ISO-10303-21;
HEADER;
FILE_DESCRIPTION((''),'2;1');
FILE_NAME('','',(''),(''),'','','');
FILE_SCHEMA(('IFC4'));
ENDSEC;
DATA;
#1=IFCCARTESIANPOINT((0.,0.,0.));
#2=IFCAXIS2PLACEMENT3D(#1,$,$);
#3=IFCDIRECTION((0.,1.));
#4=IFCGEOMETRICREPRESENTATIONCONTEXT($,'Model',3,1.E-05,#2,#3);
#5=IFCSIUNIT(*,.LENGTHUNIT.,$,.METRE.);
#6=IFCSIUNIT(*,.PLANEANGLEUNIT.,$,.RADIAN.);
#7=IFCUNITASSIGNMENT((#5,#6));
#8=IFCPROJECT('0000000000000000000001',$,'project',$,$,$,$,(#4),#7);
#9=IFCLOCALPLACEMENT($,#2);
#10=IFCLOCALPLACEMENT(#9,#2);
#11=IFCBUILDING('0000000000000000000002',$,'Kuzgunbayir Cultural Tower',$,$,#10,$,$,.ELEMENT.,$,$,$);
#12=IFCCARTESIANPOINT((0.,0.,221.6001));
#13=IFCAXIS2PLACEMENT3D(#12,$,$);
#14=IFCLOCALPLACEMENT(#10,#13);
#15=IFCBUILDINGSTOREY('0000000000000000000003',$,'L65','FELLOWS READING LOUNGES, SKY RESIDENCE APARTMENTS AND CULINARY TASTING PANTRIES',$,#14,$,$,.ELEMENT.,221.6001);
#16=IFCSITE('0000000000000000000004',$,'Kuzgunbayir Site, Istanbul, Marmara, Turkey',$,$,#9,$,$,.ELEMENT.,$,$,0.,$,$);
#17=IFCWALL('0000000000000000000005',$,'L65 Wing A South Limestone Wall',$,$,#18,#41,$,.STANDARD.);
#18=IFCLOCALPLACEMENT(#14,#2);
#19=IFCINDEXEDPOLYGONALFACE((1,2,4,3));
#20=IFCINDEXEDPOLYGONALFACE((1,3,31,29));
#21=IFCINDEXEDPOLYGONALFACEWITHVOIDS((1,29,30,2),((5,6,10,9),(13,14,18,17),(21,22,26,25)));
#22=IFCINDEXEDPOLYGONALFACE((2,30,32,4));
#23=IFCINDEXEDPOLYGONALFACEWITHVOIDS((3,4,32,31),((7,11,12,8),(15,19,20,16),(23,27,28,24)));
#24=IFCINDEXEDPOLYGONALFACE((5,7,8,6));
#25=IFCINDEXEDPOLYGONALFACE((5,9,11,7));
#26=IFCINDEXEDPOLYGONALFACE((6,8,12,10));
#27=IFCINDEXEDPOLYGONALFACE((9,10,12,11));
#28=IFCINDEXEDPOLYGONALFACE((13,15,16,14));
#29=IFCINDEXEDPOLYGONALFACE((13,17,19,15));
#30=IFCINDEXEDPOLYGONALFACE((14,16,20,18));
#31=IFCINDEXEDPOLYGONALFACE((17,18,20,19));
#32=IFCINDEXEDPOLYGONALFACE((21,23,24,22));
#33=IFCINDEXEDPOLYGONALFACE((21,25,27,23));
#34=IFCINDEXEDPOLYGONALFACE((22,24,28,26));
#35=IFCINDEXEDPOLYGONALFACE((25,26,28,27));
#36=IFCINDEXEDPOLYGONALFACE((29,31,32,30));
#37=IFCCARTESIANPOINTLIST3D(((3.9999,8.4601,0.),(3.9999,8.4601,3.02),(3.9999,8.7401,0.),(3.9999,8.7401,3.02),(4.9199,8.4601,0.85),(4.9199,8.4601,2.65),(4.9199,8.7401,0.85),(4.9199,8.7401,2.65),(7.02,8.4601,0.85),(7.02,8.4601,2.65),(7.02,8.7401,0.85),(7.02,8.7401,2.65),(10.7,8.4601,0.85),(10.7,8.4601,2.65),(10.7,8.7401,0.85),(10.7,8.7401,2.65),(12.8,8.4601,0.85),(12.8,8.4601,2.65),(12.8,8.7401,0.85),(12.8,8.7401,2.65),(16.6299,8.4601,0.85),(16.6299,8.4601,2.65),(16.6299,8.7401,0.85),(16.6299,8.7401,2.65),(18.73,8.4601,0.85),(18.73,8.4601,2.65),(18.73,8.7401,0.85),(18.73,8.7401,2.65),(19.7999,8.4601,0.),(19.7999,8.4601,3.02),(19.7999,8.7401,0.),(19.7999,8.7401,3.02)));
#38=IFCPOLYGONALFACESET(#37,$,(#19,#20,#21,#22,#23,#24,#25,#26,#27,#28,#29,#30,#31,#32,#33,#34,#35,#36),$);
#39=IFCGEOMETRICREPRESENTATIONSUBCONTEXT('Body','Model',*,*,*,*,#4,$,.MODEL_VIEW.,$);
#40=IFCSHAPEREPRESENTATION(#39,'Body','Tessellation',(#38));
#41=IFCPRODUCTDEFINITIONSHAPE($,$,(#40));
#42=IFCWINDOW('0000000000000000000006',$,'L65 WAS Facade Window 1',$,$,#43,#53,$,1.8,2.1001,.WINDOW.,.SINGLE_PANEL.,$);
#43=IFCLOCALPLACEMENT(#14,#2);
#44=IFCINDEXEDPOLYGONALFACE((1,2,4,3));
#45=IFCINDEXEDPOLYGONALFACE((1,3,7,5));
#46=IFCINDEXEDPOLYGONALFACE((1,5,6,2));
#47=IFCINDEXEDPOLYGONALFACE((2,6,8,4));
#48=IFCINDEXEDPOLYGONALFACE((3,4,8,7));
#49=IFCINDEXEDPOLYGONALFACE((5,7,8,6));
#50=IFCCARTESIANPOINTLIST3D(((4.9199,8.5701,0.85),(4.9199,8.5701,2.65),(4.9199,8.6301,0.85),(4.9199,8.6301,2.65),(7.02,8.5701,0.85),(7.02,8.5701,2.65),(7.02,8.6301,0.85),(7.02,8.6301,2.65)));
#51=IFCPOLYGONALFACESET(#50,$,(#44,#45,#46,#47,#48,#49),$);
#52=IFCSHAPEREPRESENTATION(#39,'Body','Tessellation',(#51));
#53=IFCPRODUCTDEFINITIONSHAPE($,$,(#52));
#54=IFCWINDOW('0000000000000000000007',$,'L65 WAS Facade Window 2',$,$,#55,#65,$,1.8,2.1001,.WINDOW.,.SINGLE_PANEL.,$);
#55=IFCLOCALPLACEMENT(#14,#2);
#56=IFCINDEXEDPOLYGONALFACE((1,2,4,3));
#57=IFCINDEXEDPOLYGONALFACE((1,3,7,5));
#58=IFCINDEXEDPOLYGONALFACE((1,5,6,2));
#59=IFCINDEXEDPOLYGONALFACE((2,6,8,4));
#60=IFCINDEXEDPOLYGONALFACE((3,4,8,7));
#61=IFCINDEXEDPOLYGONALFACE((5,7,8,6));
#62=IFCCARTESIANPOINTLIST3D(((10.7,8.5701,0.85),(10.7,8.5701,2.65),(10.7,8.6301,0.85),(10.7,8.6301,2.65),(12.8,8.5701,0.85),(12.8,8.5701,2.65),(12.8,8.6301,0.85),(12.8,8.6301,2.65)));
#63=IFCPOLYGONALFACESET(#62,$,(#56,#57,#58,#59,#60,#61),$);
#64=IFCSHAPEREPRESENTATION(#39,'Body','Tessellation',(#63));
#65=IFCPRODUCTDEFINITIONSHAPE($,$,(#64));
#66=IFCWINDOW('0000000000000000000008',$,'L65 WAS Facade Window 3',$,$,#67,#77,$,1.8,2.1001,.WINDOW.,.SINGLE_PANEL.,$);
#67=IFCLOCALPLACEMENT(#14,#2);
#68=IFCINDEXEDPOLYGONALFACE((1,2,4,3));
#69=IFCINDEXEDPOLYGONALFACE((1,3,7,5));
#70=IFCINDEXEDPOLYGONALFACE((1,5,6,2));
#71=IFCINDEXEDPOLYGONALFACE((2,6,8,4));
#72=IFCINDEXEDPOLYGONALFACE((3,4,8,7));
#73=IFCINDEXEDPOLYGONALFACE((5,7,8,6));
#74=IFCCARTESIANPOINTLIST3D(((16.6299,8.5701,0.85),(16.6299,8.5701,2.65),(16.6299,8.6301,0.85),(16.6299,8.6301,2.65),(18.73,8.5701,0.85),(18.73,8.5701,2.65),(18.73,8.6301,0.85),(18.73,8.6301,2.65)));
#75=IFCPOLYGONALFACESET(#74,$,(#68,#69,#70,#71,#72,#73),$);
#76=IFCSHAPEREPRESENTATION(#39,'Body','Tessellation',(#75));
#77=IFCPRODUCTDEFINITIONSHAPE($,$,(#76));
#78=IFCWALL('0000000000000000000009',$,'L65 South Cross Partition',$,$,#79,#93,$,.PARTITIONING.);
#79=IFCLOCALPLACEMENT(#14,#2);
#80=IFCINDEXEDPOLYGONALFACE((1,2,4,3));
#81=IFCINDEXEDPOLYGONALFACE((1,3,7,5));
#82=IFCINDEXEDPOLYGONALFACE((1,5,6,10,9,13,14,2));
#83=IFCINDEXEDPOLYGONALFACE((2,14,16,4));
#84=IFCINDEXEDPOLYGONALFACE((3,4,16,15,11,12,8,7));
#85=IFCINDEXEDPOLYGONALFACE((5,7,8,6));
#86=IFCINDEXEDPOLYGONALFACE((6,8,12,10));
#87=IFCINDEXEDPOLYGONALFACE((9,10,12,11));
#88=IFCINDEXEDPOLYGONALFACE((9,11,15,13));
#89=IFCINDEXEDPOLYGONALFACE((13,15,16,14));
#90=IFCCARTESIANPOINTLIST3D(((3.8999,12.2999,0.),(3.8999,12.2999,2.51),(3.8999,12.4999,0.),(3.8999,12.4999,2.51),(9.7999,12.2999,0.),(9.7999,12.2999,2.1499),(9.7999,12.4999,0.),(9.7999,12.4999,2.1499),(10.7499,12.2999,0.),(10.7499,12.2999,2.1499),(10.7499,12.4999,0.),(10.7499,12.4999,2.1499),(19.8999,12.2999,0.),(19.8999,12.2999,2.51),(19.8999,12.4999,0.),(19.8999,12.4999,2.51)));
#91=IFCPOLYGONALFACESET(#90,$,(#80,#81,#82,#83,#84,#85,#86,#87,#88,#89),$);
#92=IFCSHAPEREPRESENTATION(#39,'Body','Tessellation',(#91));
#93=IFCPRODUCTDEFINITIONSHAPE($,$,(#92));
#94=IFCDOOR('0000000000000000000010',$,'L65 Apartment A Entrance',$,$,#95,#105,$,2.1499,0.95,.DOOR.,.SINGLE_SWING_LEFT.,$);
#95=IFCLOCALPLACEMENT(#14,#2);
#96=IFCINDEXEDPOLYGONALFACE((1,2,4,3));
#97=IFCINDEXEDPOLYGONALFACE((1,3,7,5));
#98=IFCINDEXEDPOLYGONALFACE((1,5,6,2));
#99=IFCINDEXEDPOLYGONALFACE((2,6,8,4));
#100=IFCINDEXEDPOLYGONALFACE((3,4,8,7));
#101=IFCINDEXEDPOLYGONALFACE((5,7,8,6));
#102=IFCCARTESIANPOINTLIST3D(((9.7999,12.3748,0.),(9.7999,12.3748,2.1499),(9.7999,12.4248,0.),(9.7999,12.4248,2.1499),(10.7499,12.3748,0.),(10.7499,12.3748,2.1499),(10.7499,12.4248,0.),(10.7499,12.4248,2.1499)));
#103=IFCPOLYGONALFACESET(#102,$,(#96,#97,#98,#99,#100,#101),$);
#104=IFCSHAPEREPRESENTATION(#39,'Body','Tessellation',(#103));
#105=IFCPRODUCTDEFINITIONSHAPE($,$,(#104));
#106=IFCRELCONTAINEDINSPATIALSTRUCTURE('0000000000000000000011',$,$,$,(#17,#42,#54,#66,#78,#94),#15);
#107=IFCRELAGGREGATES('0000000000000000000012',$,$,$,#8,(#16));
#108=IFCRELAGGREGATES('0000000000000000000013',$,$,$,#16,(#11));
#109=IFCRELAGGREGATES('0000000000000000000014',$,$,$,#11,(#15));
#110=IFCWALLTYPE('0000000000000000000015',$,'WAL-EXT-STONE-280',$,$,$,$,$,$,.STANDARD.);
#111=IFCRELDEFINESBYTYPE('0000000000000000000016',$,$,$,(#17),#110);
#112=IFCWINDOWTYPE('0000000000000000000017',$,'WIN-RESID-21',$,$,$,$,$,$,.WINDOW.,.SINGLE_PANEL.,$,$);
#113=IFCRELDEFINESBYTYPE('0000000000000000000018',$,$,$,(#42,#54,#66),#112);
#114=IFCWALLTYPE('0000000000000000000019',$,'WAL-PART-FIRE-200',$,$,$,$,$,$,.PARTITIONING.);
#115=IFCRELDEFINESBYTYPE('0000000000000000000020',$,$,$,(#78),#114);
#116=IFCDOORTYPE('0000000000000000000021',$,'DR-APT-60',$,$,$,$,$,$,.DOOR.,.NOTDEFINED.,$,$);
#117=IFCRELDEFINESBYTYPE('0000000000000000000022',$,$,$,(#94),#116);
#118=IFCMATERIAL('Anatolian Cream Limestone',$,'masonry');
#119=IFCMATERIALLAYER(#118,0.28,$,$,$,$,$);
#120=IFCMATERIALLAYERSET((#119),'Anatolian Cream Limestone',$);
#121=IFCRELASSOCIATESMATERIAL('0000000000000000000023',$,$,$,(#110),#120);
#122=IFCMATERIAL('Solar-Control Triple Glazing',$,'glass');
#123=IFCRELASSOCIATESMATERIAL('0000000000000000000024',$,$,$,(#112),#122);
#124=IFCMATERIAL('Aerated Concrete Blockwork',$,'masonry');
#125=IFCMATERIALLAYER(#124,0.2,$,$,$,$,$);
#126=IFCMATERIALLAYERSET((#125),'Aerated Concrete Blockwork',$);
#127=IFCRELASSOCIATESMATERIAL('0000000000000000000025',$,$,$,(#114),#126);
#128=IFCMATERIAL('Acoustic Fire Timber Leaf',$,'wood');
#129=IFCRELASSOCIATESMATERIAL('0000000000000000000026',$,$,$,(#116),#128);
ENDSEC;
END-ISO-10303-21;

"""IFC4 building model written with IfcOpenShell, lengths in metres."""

from ifc_helpers import new_model, si_unit, direction, frame, frame_2d, origin, place, context, subcontext, project, spatial, rectangle, extrude, material, layer, layer_set, type_object, element, fill, save


model = new_model("IFC4")

# Units and contexts
model_context = context("Model", 3, precision=1e-05, world=origin(), true_north=direction((0.0, 1.0)))
body_context = subcontext(model_context, "Body", "Model", "MODEL_VIEW")
ifc_project = project(units=[si_unit("LENGTHUNIT", "METRE"), si_unit("PLANEANGLEUNIT", "RADIAN")], contexts=[model_context])

# Site, building, storey
site_placement = place(None, origin())
site = spatial("IfcSite", under=ifc_project, at=site_placement, Name="Kuzgunbayir Site, Istanbul, Marmara, Turkey", CompositionType="ELEMENT", RefElevation=0.0)
building_placement = place(site_placement, origin())
building = spatial("IfcBuilding", under=site, at=building_placement, Name="Kuzgunbayir Cultural Tower", CompositionType="ELEMENT")
storey_placement = place(building_placement, frame((0.0, 0.0, 221.6001)))
storey = spatial("IfcBuildingStorey", under=building, at=storey_placement, Name="L65", Description="FELLOWS READING LOUNGES, SKY RESIDENCE APARTMENTS AND CULINARY TASTING PANTRIES", CompositionType="ELEMENT", Elevation=221.6001)

# Wall, openings, windows
ifc_material_1 = material(Name="Anatolian Cream Limestone", Category="masonry")
ifc_layer_1 = layer(ifc_material_1, 0.28)
ifc_layer_set_1 = layer_set([ifc_layer_1], Name="Anatolian Cream Limestone")
wall_type_1 = type_object("IfcWallType", Name="WAL-EXT-STONE-280", PredefinedType="STANDARD", material=ifc_layer_set_1)
wall_1_placement = place(storey_placement, frame((4.0, 8.6001, 0.0), z_axis=(0.0, 0.0, 1.0), x_axis=(1.0, 0.0, 0.0)))
wall_1 = element("IfcWall", 1, at=wall_1_placement, inside=storey, type_object=wall_type_1, Name="L65 Wing A South Limestone Wall", PredefinedType="STANDARD", context=body_context, shape_type="SweptSolid", body=[
    extrude(rectangle(XDim=15.8, YDim=0.28, at=frame_2d((7.8999, 0.0))), origin(), (0.0, 0.0, 1.0), 3.02),
])
opening_1_placement = place(wall_1_placement, frame((0.9199, 0.0, 0.8501)))
opening_1 = element("IfcOpeningElement", 2, at=opening_1_placement, cuts=wall_1, PredefinedType="OPENING", context=body_context, shape_type="SweptSolid", body=[
    extrude(rectangle(XDim=2.1001, YDim=1.8, at=frame_2d((1.05, 0.8999))), frame((0.0, 0.1499, 0.0), z_axis=(0.0, -1.0, 0.0), x_axis=(1.0, 0.0, 0.0)), (0.0, 0.0, 1.0), 0.3),
])
opening_2_placement = place(wall_1_placement, frame((6.7, 0.0, 0.8501)))
opening_2 = element("IfcOpeningElement", 3, at=opening_2_placement, cuts=wall_1, PredefinedType="OPENING", context=body_context, shape_type="SweptSolid", body=[
    extrude(rectangle(XDim=2.1001, YDim=1.8, at=frame_2d((1.05, 0.8999))), frame((0.0, 0.1499, 0.0), z_axis=(0.0, -1.0, 0.0), x_axis=(1.0, 0.0, 0.0)), (0.0, 0.0, 1.0), 0.3),
])
opening_3_placement = place(wall_1_placement, frame((12.6299, 0.0, 0.8501)))
opening_3 = element("IfcOpeningElement", 4, at=opening_3_placement, cuts=wall_1, PredefinedType="OPENING", context=body_context, shape_type="SweptSolid", body=[
    extrude(rectangle(XDim=2.1001, YDim=1.8, at=frame_2d((1.05, 0.8999))), frame((0.0, 0.1499, 0.0), z_axis=(0.0, -1.0, 0.0), x_axis=(1.0, 0.0, 0.0)), (0.0, 0.0, 1.0), 0.3),
])
ifc_material_2 = material(Name="Solar-Control Triple Glazing", Category="glass")
window_type = type_object("IfcWindowType", Name="WIN-RESID-21", PartitioningType="SINGLE_PANEL", PredefinedType="WINDOW", material=ifc_material_2)
window_1_placement = place(opening_1_placement, origin())
window_1 = element("IfcWindow", 5, at=window_1_placement, inside=storey, type_object=window_type, Name="L65 WAS Facade Window 1", OverallHeight=1.8, OverallWidth=2.1001, PartitioningType="SINGLE_PANEL", PredefinedType="WINDOW", context=body_context, shape_type="SweptSolid", body=[
    extrude(rectangle(XDim=2.1001, YDim=1.8, at=frame_2d((1.05, 0.8999))), frame((0.0, 0.03, 0.0), z_axis=(0.0, -1.0, 0.0), x_axis=(1.0, 0.0, 0.0)), (0.0, 0.0, 1.0), 0.0601),
])
fill(opening_1, window_1)
window_2_placement = place(opening_2_placement, origin())
window_2 = element("IfcWindow", 6, at=window_2_placement, inside=storey, type_object=window_type, Name="L65 WAS Facade Window 2", OverallHeight=1.8, OverallWidth=2.1001, PartitioningType="SINGLE_PANEL", PredefinedType="WINDOW", context=body_context, shape_type="SweptSolid", body=[
    extrude(rectangle(XDim=2.1001, YDim=1.8, at=frame_2d((1.05, 0.8999))), frame((0.0, 0.03, 0.0), z_axis=(0.0, -1.0, 0.0), x_axis=(1.0, 0.0, 0.0)), (0.0, 0.0, 1.0), 0.0601),
])
fill(opening_2, window_2)
window_3_placement = place(opening_3_placement, origin())
window_3 = element("IfcWindow", 7, at=window_3_placement, inside=storey, type_object=window_type, Name="L65 WAS Facade Window 3", OverallHeight=1.8, OverallWidth=2.1001, PartitioningType="SINGLE_PANEL", PredefinedType="WINDOW", context=body_context, shape_type="SweptSolid", body=[
    extrude(rectangle(XDim=2.1001, YDim=1.8, at=frame_2d((1.05, 0.8999))), frame((0.0, 0.03, 0.0), z_axis=(0.0, -1.0, 0.0), x_axis=(1.0, 0.0, 0.0)), (0.0, 0.0, 1.0), 0.0601),
])
fill(opening_3, window_3)

# Wall, opening, door
ifc_material_3 = material(Name="Aerated Concrete Blockwork", Category="masonry")
ifc_layer_2 = layer(ifc_material_3, 0.2)
ifc_layer_set_2 = layer_set([ifc_layer_2], Name="Aerated Concrete Blockwork")
wall_type_2 = type_object("IfcWallType", Name="WAL-PART-FIRE-200", PredefinedType="PARTITIONING", material=ifc_layer_set_2)
wall_2_placement = place(storey_placement, frame((3.8999, 12.3999, 0.0), z_axis=(0.0, 0.0, 1.0), x_axis=(1.0, 0.0, 0.0)))
wall_2 = element("IfcWall", 8, at=wall_2_placement, inside=storey, type_object=wall_type_2, Name="L65 South Cross Partition", PredefinedType="PARTITIONING", context=body_context, shape_type="SweptSolid", body=[
    extrude(rectangle(XDim=16.0, YDim=0.2, at=frame_2d((8.0, 0.0))), origin(), (0.0, 0.0, 1.0), 2.51),
])
opening_4_placement = place(wall_2_placement, frame((5.8999, 0.0, 0.0)))
opening_4 = element("IfcOpeningElement", 9, at=opening_4_placement, cuts=wall_2, PredefinedType="OPENING", context=body_context, shape_type="SweptSolid", body=[
    extrude(rectangle(XDim=0.95, YDim=2.1499, at=frame_2d((0.4751, 1.075))), frame((0.0, 0.1099, 0.0), z_axis=(0.0, -1.0, 0.0), x_axis=(1.0, 0.0, 0.0)), (0.0, 0.0, 1.0), 0.22),
])
ifc_material_4 = material(Name="Acoustic Fire Timber Leaf", Category="wood")
door_type = type_object("IfcDoorType", Name="DR-APT-60", OperationType="NOTDEFINED", PredefinedType="DOOR", material=ifc_material_4)
door_placement = place(opening_4_placement, origin())
door = element("IfcDoor", 10, at=door_placement, inside=storey, type_object=door_type, Name="L65 Apartment A Entrance", OperationType="SINGLE_SWING_LEFT", OverallHeight=2.1499, OverallWidth=0.95, PredefinedType="DOOR", context=body_context, shape_type="SweptSolid", body=[
    extrude(rectangle(XDim=0.95, YDim=2.1499, at=frame_2d((0.4751, 1.075))), frame((0.0, 0.0249, 0.0), z_axis=(0.0, -1.0, 0.0), x_axis=(1.0, 0.0, 0.0)), (0.0, 0.0, 1.0), 0.05),
])
fill(opening_4, door)

save(model, "model.ifc")
